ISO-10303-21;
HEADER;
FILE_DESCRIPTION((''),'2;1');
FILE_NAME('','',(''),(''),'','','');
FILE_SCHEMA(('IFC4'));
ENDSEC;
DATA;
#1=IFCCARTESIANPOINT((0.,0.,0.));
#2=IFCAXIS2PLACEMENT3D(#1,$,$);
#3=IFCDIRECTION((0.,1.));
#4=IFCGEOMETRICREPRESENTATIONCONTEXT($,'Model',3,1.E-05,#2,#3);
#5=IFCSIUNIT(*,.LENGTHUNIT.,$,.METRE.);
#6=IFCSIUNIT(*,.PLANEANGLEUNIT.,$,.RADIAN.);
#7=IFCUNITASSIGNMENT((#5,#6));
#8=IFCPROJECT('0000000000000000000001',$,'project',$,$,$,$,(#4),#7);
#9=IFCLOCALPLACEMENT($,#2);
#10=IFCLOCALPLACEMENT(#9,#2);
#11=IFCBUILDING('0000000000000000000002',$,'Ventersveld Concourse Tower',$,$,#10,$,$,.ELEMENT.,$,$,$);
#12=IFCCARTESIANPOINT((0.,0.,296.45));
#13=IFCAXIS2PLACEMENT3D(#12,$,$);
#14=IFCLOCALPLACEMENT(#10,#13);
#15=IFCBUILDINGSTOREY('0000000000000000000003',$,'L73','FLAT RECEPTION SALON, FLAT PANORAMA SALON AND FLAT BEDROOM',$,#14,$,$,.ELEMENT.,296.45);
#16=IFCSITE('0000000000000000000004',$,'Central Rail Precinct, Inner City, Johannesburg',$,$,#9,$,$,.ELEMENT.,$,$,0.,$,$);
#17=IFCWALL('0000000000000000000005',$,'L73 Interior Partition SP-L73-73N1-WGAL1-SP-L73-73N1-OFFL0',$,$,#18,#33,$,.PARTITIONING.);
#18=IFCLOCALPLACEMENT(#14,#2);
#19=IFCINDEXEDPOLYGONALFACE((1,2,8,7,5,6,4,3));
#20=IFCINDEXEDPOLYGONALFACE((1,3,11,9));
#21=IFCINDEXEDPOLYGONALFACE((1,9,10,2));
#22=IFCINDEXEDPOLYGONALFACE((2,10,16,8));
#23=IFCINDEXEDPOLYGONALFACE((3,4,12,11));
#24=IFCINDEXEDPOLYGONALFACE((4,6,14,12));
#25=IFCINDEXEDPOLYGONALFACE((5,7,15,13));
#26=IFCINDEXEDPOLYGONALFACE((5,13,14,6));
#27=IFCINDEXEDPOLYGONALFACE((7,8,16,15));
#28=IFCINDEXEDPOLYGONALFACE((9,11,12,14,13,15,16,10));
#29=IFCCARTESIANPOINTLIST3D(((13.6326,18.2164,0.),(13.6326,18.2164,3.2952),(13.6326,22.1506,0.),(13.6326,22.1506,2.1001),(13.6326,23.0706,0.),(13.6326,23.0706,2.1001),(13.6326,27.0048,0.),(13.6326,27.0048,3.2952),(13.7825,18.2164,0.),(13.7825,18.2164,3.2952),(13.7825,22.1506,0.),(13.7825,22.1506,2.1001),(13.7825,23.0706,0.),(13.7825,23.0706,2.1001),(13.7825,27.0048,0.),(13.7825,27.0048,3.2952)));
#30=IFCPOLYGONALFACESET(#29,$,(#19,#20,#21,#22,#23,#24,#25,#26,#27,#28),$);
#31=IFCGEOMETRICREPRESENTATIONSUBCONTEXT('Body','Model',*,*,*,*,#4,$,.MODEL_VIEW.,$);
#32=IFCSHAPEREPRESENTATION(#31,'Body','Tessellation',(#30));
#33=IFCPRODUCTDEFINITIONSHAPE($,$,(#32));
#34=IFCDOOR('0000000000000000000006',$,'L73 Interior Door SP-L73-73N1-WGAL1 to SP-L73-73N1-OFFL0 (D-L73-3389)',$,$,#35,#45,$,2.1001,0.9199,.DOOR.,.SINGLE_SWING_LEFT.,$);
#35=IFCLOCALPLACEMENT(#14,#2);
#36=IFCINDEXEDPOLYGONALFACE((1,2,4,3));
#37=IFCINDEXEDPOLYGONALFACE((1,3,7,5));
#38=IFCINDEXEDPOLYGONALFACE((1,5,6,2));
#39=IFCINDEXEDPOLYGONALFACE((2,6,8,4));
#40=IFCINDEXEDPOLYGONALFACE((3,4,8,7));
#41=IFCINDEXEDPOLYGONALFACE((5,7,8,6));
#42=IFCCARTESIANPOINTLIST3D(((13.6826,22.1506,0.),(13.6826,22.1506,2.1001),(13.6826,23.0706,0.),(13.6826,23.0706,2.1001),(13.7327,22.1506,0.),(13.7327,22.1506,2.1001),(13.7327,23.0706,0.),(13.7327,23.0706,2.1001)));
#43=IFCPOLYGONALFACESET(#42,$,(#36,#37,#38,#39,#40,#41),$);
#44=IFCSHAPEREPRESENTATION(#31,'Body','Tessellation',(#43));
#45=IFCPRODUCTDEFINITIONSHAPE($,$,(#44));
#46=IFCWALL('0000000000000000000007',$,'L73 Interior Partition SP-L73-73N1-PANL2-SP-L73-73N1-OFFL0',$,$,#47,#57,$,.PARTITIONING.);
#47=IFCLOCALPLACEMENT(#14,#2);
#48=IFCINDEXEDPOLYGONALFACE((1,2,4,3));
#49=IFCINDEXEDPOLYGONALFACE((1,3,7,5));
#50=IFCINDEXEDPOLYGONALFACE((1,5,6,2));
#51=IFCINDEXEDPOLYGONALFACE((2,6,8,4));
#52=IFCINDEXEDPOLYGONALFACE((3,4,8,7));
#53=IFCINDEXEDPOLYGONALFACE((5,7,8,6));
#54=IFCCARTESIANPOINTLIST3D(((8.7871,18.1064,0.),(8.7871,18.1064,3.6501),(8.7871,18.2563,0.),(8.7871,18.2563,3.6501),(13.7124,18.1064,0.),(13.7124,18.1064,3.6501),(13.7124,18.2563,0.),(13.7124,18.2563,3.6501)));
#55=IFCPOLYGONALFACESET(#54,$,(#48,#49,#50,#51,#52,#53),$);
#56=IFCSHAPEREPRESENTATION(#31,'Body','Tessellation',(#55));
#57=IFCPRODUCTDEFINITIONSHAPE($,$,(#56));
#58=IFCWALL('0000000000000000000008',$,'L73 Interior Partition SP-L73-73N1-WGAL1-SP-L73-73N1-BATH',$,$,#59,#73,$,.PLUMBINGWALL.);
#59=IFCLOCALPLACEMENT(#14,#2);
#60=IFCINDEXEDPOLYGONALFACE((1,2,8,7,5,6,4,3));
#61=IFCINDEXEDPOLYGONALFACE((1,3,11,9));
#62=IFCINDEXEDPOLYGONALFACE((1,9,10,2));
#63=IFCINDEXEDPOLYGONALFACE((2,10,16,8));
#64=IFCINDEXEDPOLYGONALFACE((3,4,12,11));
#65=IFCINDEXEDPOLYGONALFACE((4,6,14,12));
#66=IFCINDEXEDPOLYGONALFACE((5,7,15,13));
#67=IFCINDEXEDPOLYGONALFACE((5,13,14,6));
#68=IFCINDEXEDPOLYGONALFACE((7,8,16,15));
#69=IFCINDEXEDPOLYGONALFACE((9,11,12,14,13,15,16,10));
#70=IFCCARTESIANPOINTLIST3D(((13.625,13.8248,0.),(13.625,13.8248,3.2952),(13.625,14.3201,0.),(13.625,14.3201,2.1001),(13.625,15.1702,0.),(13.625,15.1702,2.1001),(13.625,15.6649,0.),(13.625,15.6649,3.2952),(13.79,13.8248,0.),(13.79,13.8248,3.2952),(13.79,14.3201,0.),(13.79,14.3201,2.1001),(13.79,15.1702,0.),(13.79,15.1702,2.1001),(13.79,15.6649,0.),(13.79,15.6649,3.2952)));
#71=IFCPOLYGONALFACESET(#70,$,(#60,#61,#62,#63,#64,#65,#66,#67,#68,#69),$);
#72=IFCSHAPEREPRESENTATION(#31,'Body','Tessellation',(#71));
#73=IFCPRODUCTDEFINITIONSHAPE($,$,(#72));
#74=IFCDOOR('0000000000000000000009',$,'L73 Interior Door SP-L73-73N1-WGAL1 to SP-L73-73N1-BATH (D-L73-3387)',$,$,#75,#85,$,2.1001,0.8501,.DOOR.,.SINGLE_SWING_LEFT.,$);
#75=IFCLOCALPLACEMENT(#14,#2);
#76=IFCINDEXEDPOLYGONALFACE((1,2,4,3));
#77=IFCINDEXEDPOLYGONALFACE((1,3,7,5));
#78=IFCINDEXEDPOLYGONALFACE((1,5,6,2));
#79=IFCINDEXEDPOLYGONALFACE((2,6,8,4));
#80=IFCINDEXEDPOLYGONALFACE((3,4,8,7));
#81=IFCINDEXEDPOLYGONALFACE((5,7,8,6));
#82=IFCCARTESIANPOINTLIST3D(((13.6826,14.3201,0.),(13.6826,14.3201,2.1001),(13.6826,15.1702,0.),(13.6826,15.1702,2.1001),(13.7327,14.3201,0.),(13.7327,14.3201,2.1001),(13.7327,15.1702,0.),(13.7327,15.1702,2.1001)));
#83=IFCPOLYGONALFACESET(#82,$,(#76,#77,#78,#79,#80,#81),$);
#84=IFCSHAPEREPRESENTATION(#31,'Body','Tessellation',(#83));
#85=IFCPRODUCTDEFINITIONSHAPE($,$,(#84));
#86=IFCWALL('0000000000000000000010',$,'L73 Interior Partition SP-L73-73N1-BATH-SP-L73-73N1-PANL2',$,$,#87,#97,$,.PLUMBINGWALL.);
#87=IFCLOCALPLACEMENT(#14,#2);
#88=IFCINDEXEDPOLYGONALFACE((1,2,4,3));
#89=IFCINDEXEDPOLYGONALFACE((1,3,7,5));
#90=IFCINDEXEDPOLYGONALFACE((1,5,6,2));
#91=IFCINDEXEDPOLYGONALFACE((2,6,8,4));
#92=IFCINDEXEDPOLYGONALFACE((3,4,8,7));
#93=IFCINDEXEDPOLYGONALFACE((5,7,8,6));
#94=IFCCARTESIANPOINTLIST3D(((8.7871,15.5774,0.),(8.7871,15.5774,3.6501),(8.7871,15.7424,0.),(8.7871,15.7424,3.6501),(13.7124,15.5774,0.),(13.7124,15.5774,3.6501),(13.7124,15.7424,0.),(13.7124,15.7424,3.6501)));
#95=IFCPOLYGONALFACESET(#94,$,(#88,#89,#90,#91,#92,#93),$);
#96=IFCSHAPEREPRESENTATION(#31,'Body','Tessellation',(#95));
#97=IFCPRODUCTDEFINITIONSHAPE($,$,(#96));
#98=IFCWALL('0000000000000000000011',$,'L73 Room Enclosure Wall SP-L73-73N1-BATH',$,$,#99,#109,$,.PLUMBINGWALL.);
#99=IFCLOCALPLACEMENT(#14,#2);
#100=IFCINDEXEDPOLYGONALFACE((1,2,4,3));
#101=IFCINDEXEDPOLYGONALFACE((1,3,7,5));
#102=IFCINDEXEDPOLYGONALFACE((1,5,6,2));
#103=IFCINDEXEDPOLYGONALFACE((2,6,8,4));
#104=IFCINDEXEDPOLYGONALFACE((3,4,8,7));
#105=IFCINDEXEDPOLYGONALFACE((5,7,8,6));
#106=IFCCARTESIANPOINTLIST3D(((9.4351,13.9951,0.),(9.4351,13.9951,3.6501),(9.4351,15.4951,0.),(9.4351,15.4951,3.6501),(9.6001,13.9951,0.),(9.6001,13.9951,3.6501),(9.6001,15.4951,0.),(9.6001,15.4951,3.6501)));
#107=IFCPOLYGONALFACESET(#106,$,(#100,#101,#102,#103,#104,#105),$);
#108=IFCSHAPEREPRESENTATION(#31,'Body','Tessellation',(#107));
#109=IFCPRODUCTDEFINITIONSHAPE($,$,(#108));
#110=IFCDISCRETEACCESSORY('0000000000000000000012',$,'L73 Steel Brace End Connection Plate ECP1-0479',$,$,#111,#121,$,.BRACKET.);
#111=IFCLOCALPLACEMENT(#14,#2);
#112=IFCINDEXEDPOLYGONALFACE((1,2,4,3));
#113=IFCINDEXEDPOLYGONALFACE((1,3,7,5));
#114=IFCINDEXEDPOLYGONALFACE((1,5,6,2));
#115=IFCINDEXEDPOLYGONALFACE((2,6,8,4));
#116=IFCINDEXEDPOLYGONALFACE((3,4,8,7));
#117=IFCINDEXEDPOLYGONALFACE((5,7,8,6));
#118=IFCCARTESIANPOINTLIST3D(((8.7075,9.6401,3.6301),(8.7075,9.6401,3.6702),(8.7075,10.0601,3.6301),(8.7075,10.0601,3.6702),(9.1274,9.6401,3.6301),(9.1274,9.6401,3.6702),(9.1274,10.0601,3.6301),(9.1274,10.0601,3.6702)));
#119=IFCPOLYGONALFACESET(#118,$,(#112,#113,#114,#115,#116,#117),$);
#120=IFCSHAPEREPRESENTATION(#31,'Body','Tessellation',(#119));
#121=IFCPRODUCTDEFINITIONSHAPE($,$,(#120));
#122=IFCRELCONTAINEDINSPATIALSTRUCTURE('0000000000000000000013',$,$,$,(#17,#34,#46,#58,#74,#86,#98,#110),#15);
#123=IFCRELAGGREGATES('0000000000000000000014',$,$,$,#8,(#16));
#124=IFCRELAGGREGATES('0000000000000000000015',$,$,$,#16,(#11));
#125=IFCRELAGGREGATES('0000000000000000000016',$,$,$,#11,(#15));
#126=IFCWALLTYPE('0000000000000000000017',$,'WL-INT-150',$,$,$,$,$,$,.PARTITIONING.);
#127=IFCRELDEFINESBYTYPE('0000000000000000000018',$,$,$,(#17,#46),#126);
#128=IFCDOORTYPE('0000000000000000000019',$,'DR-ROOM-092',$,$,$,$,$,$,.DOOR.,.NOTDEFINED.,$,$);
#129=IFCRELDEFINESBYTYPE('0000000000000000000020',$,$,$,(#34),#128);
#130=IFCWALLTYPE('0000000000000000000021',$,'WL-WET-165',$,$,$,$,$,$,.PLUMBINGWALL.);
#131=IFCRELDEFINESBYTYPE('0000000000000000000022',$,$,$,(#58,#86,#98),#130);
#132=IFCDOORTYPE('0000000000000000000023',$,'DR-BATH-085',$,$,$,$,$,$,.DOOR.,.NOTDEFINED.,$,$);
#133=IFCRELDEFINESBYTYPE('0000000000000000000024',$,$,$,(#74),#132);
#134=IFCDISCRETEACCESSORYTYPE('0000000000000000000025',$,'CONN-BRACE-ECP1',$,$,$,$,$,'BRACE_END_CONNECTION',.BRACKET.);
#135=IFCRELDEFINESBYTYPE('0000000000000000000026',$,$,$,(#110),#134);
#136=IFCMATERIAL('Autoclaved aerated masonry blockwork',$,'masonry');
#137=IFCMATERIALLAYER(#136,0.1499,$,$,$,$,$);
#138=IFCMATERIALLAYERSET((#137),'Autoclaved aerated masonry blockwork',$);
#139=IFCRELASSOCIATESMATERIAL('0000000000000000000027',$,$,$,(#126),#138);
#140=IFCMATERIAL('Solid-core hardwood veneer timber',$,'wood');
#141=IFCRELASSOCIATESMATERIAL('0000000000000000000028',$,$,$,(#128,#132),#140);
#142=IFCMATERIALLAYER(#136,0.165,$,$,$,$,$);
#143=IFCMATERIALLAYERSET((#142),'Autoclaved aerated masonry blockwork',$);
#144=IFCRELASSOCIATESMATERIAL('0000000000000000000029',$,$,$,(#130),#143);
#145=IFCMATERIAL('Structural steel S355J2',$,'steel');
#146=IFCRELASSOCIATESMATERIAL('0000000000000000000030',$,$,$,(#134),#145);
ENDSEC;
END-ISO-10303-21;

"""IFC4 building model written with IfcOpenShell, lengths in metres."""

from ifc_helpers import new_model, si_unit, direction, frame, frame_2d, origin, origin_2d, place, context, subcontext, project, spatial, rectangle, extrude, material, layer, layer_set, type_object, element, fill, save


model = new_model("IFC4")

# Units and contexts
model_context = context("Model", 3, precision=1e-05, world=origin(), true_north=direction((0.0, 1.0)))
body_context = subcontext(model_context, "Body", "Model", "MODEL_VIEW")
ifc_project = project(units=[si_unit("LENGTHUNIT", "METRE"), si_unit("PLANEANGLEUNIT", "RADIAN")], contexts=[model_context])

# Site, building, storey
site_placement = place(None, origin())
site = spatial("IfcSite", under=ifc_project, at=site_placement, Name="Central Rail Precinct, Inner City, Johannesburg", CompositionType="ELEMENT", RefElevation=0.0)
building_placement = place(site_placement, origin())
building = spatial("IfcBuilding", under=site, at=building_placement, Name="Ventersveld Concourse Tower", CompositionType="ELEMENT")
storey_placement = place(building_placement, frame((0.0, 0.0, 296.45)))
storey = spatial("IfcBuildingStorey", under=building, at=storey_placement, Name="L73", Description="FLAT RECEPTION SALON, FLAT PANORAMA SALON AND FLAT BEDROOM", CompositionType="ELEMENT", Elevation=296.45)

# Shared definitions
ifc_material_1 = material(Name="Structural steel S355J2", Category="steel")

# Shared definitions
ifc_material_2 = material(Name="Solid-core hardwood veneer timber", Category="wood")

# Wall, opening, door
ifc_material_3 = material(Name="Autoclaved aerated masonry blockwork", Category="masonry")
ifc_layer_1 = layer(ifc_material_3, 0.1499)
ifc_layer_set_1 = layer_set([ifc_layer_1], Name="Autoclaved aerated masonry blockwork")
wall_type_1 = type_object("IfcWallType", Name="WL-INT-150", PredefinedType="PARTITIONING", material=ifc_layer_set_1)
door_type_1 = type_object("IfcDoorType", Name="DR-ROOM-092", OperationType="NOTDEFINED", PredefinedType="DOOR", material=ifc_material_2)
wall_1_placement = place(storey_placement, frame((13.7075, 18.2166, 0.0), z_axis=(0.0, 0.0, 1.0), x_axis=(0.0, 1.0, 0.0)))
wall_1 = element("IfcWall", 1, at=wall_1_placement, inside=storey, type_object=wall_type_1, Name="L73 Interior Partition SP-L73-73N1-WGAL1-SP-L73-73N1-OFFL0", PredefinedType="PARTITIONING", context=body_context, shape_type="SweptSolid", body=[
    extrude(rectangle(XDim=8.7883, YDim=0.1499, at=frame_2d((4.394, 0.0))), origin(), (0.0, 0.0, 1.0), 3.2952),
])
opening_1_placement = place(wall_1_placement, frame((3.9341, 0.0, 0.0)))
opening_1 = element("IfcOpeningElement", 2, at=opening_1_placement, cuts=wall_1, PredefinedType="OPENING", context=body_context, shape_type="SweptSolid", body=[
    extrude(rectangle(XDim=0.9199, YDim=2.1001, at=frame_2d((0.46, 1.05))), frame((0.0, 0.085, 0.0), z_axis=(0.0, -1.0, 0.0), x_axis=(1.0, 0.0, 0.0)), (0.0, 0.0, 1.0), 0.1699),
])
door_1_placement = place(opening_1_placement, origin())
door_1 = element("IfcDoor", 3, at=door_1_placement, inside=storey, type_object=door_type_1, Name="L73 Interior Door SP-L73-73N1-WGAL1 to SP-L73-73N1-OFFL0 (D-L73-3389)", OperationType="SINGLE_SWING_LEFT", OverallHeight=2.1001, OverallWidth=0.9199, PredefinedType="DOOR", context=body_context, shape_type="SweptSolid", body=[
    extrude(rectangle(XDim=0.9199, YDim=2.1001, at=frame_2d((0.46, 1.05))), frame((0.0, 0.0249, 0.0), z_axis=(0.0, -1.0, 0.0), x_axis=(1.0, 0.0, 0.0)), (0.0, 0.0, 1.0), 0.05),
])
fill(opening_1, door_1)

# Wall
wall_2_placement = place(storey_placement, frame((8.7871, 18.1814, 0.0), z_axis=(0.0, 0.0, 1.0), x_axis=(1.0, 0.0, 0.0)))
element("IfcWall", 4, at=wall_2_placement, inside=storey, type_object=wall_type_1, Name="L73 Interior Partition SP-L73-73N1-PANL2-SP-L73-73N1-OFFL0", PredefinedType="PARTITIONING", context=body_context, shape_type="SweptSolid", body=[
    extrude(rectangle(XDim=4.9253, YDim=0.1499, at=frame_2d((2.4626, 0.0))), origin(), (0.0, 0.0, 1.0), 3.6501),
])

# Wall, opening, door
ifc_layer_2 = layer(ifc_material_3, 0.165)
ifc_layer_set_2 = layer_set([ifc_layer_2], Name="Autoclaved aerated masonry blockwork")
wall_type_2 = type_object("IfcWallType", Name="WL-WET-165", PredefinedType="PLUMBINGWALL", material=ifc_layer_set_2)
wall_3_placement = place(storey_placement, frame((13.7075, 13.825, 0.0), z_axis=(0.0, 0.0, 1.0), x_axis=(0.0, 1.0, 0.0)))
wall_3 = element("IfcWall", 5, at=wall_3_placement, inside=storey, type_object=wall_type_2, Name="L73 Interior Partition SP-L73-73N1-WGAL1-SP-L73-73N1-BATH", PredefinedType="PLUMBINGWALL", context=body_context, shape_type="SweptSolid", body=[
    extrude(rectangle(XDim=1.8401, YDim=0.165, at=frame_2d((0.9199, 0.0))), origin(), (0.0, 0.0, 1.0), 3.2952),
])
opening_2_placement = place(wall_3_placement, frame((0.4951, 0.0, 0.0)))
opening_2 = element("IfcOpeningElement", 6, at=opening_2_placement, cuts=wall_3, PredefinedType="OPENING", context=body_context, shape_type="SweptSolid", body=[
    extrude(rectangle(XDim=0.8501, YDim=2.1001, at=frame_2d((0.425, 1.05))), frame((0.0, 0.0925, 0.0), z_axis=(0.0, -1.0, 0.0), x_axis=(1.0, 0.0, 0.0)), (0.0, 0.0, 1.0), 0.1851),
])
door_type_2 = type_object("IfcDoorType", Name="DR-BATH-085", OperationType="NOTDEFINED", PredefinedType="DOOR", material=ifc_material_2)
door_2_placement = place(opening_2_placement, origin())
door_2 = element("IfcDoor", 7, at=door_2_placement, inside=storey, type_object=door_type_2, Name="L73 Interior Door SP-L73-73N1-WGAL1 to SP-L73-73N1-BATH (D-L73-3387)", OperationType="SINGLE_SWING_LEFT", OverallHeight=2.1001, OverallWidth=0.8501, PredefinedType="DOOR", context=body_context, shape_type="SweptSolid", body=[
    extrude(rectangle(XDim=0.8501, YDim=2.1001, at=frame_2d((0.425, 1.05))), frame((0.0, 0.0249, 0.0), z_axis=(0.0, -1.0, 0.0), x_axis=(1.0, 0.0, 0.0)), (0.0, 0.0, 1.0), 0.05),
])
fill(opening_2, door_2)

# Walls
wall_4_placement = place(storey_placement, frame((8.7871, 15.6599, 0.0), z_axis=(0.0, 0.0, 1.0), x_axis=(1.0, 0.0, 0.0)))
element("IfcWall", 8, at=wall_4_placement, inside=storey, type_object=wall_type_2, Name="L73 Interior Partition SP-L73-73N1-BATH-SP-L73-73N1-PANL2", PredefinedType="PLUMBINGWALL", context=body_context, shape_type="SweptSolid", body=[
    extrude(rectangle(XDim=4.9253, YDim=0.165, at=frame_2d((2.4626, 0.0))), origin(), (0.0, 0.0, 1.0), 3.6501),
])
wall_5_placement = place(storey_placement, frame((9.5176, 13.9951, 0.0), z_axis=(0.0, 0.0, 1.0), x_axis=(0.0, 1.0, 0.0)))
element("IfcWall", 9, at=wall_5_placement, inside=storey, type_object=wall_type_2, Name="L73 Room Enclosure Wall SP-L73-73N1-BATH", PredefinedType="PLUMBINGWALL", context=body_context, shape_type="SweptSolid", body=[
    extrude(rectangle(XDim=1.5, YDim=0.165, at=frame_2d((0.75, 0.0))), origin(), (0.0, 0.0, 1.0), 3.6501),
])

# Discrete accessory
discrete_accessory_type = type_object("IfcDiscreteAccessoryType", Name="CONN-BRACE-ECP1", ElementType="BRACE_END_CONNECTION", PredefinedType="BRACKET", material=ifc_material_1)
discrete_accessory_placement = place(storey_placement, frame((8.9175, 9.8501, 3.6301), z_axis=(0.0, 0.0, 1.0), x_axis=(1.0, 0.0, 0.0)))
element("IfcDiscreteAccessory", 10, at=discrete_accessory_placement, inside=storey, type_object=discrete_accessory_type, Name="L73 Steel Brace End Connection Plate ECP1-0479", PredefinedType="BRACKET", context=body_context, shape_type="SweptSolid", body=[
    extrude(rectangle(XDim=0.4199, YDim=0.4199, at=origin_2d()), origin(), (0.0, 0.0, 1.0), 0.04),
])

save(model, "model.ifc")
